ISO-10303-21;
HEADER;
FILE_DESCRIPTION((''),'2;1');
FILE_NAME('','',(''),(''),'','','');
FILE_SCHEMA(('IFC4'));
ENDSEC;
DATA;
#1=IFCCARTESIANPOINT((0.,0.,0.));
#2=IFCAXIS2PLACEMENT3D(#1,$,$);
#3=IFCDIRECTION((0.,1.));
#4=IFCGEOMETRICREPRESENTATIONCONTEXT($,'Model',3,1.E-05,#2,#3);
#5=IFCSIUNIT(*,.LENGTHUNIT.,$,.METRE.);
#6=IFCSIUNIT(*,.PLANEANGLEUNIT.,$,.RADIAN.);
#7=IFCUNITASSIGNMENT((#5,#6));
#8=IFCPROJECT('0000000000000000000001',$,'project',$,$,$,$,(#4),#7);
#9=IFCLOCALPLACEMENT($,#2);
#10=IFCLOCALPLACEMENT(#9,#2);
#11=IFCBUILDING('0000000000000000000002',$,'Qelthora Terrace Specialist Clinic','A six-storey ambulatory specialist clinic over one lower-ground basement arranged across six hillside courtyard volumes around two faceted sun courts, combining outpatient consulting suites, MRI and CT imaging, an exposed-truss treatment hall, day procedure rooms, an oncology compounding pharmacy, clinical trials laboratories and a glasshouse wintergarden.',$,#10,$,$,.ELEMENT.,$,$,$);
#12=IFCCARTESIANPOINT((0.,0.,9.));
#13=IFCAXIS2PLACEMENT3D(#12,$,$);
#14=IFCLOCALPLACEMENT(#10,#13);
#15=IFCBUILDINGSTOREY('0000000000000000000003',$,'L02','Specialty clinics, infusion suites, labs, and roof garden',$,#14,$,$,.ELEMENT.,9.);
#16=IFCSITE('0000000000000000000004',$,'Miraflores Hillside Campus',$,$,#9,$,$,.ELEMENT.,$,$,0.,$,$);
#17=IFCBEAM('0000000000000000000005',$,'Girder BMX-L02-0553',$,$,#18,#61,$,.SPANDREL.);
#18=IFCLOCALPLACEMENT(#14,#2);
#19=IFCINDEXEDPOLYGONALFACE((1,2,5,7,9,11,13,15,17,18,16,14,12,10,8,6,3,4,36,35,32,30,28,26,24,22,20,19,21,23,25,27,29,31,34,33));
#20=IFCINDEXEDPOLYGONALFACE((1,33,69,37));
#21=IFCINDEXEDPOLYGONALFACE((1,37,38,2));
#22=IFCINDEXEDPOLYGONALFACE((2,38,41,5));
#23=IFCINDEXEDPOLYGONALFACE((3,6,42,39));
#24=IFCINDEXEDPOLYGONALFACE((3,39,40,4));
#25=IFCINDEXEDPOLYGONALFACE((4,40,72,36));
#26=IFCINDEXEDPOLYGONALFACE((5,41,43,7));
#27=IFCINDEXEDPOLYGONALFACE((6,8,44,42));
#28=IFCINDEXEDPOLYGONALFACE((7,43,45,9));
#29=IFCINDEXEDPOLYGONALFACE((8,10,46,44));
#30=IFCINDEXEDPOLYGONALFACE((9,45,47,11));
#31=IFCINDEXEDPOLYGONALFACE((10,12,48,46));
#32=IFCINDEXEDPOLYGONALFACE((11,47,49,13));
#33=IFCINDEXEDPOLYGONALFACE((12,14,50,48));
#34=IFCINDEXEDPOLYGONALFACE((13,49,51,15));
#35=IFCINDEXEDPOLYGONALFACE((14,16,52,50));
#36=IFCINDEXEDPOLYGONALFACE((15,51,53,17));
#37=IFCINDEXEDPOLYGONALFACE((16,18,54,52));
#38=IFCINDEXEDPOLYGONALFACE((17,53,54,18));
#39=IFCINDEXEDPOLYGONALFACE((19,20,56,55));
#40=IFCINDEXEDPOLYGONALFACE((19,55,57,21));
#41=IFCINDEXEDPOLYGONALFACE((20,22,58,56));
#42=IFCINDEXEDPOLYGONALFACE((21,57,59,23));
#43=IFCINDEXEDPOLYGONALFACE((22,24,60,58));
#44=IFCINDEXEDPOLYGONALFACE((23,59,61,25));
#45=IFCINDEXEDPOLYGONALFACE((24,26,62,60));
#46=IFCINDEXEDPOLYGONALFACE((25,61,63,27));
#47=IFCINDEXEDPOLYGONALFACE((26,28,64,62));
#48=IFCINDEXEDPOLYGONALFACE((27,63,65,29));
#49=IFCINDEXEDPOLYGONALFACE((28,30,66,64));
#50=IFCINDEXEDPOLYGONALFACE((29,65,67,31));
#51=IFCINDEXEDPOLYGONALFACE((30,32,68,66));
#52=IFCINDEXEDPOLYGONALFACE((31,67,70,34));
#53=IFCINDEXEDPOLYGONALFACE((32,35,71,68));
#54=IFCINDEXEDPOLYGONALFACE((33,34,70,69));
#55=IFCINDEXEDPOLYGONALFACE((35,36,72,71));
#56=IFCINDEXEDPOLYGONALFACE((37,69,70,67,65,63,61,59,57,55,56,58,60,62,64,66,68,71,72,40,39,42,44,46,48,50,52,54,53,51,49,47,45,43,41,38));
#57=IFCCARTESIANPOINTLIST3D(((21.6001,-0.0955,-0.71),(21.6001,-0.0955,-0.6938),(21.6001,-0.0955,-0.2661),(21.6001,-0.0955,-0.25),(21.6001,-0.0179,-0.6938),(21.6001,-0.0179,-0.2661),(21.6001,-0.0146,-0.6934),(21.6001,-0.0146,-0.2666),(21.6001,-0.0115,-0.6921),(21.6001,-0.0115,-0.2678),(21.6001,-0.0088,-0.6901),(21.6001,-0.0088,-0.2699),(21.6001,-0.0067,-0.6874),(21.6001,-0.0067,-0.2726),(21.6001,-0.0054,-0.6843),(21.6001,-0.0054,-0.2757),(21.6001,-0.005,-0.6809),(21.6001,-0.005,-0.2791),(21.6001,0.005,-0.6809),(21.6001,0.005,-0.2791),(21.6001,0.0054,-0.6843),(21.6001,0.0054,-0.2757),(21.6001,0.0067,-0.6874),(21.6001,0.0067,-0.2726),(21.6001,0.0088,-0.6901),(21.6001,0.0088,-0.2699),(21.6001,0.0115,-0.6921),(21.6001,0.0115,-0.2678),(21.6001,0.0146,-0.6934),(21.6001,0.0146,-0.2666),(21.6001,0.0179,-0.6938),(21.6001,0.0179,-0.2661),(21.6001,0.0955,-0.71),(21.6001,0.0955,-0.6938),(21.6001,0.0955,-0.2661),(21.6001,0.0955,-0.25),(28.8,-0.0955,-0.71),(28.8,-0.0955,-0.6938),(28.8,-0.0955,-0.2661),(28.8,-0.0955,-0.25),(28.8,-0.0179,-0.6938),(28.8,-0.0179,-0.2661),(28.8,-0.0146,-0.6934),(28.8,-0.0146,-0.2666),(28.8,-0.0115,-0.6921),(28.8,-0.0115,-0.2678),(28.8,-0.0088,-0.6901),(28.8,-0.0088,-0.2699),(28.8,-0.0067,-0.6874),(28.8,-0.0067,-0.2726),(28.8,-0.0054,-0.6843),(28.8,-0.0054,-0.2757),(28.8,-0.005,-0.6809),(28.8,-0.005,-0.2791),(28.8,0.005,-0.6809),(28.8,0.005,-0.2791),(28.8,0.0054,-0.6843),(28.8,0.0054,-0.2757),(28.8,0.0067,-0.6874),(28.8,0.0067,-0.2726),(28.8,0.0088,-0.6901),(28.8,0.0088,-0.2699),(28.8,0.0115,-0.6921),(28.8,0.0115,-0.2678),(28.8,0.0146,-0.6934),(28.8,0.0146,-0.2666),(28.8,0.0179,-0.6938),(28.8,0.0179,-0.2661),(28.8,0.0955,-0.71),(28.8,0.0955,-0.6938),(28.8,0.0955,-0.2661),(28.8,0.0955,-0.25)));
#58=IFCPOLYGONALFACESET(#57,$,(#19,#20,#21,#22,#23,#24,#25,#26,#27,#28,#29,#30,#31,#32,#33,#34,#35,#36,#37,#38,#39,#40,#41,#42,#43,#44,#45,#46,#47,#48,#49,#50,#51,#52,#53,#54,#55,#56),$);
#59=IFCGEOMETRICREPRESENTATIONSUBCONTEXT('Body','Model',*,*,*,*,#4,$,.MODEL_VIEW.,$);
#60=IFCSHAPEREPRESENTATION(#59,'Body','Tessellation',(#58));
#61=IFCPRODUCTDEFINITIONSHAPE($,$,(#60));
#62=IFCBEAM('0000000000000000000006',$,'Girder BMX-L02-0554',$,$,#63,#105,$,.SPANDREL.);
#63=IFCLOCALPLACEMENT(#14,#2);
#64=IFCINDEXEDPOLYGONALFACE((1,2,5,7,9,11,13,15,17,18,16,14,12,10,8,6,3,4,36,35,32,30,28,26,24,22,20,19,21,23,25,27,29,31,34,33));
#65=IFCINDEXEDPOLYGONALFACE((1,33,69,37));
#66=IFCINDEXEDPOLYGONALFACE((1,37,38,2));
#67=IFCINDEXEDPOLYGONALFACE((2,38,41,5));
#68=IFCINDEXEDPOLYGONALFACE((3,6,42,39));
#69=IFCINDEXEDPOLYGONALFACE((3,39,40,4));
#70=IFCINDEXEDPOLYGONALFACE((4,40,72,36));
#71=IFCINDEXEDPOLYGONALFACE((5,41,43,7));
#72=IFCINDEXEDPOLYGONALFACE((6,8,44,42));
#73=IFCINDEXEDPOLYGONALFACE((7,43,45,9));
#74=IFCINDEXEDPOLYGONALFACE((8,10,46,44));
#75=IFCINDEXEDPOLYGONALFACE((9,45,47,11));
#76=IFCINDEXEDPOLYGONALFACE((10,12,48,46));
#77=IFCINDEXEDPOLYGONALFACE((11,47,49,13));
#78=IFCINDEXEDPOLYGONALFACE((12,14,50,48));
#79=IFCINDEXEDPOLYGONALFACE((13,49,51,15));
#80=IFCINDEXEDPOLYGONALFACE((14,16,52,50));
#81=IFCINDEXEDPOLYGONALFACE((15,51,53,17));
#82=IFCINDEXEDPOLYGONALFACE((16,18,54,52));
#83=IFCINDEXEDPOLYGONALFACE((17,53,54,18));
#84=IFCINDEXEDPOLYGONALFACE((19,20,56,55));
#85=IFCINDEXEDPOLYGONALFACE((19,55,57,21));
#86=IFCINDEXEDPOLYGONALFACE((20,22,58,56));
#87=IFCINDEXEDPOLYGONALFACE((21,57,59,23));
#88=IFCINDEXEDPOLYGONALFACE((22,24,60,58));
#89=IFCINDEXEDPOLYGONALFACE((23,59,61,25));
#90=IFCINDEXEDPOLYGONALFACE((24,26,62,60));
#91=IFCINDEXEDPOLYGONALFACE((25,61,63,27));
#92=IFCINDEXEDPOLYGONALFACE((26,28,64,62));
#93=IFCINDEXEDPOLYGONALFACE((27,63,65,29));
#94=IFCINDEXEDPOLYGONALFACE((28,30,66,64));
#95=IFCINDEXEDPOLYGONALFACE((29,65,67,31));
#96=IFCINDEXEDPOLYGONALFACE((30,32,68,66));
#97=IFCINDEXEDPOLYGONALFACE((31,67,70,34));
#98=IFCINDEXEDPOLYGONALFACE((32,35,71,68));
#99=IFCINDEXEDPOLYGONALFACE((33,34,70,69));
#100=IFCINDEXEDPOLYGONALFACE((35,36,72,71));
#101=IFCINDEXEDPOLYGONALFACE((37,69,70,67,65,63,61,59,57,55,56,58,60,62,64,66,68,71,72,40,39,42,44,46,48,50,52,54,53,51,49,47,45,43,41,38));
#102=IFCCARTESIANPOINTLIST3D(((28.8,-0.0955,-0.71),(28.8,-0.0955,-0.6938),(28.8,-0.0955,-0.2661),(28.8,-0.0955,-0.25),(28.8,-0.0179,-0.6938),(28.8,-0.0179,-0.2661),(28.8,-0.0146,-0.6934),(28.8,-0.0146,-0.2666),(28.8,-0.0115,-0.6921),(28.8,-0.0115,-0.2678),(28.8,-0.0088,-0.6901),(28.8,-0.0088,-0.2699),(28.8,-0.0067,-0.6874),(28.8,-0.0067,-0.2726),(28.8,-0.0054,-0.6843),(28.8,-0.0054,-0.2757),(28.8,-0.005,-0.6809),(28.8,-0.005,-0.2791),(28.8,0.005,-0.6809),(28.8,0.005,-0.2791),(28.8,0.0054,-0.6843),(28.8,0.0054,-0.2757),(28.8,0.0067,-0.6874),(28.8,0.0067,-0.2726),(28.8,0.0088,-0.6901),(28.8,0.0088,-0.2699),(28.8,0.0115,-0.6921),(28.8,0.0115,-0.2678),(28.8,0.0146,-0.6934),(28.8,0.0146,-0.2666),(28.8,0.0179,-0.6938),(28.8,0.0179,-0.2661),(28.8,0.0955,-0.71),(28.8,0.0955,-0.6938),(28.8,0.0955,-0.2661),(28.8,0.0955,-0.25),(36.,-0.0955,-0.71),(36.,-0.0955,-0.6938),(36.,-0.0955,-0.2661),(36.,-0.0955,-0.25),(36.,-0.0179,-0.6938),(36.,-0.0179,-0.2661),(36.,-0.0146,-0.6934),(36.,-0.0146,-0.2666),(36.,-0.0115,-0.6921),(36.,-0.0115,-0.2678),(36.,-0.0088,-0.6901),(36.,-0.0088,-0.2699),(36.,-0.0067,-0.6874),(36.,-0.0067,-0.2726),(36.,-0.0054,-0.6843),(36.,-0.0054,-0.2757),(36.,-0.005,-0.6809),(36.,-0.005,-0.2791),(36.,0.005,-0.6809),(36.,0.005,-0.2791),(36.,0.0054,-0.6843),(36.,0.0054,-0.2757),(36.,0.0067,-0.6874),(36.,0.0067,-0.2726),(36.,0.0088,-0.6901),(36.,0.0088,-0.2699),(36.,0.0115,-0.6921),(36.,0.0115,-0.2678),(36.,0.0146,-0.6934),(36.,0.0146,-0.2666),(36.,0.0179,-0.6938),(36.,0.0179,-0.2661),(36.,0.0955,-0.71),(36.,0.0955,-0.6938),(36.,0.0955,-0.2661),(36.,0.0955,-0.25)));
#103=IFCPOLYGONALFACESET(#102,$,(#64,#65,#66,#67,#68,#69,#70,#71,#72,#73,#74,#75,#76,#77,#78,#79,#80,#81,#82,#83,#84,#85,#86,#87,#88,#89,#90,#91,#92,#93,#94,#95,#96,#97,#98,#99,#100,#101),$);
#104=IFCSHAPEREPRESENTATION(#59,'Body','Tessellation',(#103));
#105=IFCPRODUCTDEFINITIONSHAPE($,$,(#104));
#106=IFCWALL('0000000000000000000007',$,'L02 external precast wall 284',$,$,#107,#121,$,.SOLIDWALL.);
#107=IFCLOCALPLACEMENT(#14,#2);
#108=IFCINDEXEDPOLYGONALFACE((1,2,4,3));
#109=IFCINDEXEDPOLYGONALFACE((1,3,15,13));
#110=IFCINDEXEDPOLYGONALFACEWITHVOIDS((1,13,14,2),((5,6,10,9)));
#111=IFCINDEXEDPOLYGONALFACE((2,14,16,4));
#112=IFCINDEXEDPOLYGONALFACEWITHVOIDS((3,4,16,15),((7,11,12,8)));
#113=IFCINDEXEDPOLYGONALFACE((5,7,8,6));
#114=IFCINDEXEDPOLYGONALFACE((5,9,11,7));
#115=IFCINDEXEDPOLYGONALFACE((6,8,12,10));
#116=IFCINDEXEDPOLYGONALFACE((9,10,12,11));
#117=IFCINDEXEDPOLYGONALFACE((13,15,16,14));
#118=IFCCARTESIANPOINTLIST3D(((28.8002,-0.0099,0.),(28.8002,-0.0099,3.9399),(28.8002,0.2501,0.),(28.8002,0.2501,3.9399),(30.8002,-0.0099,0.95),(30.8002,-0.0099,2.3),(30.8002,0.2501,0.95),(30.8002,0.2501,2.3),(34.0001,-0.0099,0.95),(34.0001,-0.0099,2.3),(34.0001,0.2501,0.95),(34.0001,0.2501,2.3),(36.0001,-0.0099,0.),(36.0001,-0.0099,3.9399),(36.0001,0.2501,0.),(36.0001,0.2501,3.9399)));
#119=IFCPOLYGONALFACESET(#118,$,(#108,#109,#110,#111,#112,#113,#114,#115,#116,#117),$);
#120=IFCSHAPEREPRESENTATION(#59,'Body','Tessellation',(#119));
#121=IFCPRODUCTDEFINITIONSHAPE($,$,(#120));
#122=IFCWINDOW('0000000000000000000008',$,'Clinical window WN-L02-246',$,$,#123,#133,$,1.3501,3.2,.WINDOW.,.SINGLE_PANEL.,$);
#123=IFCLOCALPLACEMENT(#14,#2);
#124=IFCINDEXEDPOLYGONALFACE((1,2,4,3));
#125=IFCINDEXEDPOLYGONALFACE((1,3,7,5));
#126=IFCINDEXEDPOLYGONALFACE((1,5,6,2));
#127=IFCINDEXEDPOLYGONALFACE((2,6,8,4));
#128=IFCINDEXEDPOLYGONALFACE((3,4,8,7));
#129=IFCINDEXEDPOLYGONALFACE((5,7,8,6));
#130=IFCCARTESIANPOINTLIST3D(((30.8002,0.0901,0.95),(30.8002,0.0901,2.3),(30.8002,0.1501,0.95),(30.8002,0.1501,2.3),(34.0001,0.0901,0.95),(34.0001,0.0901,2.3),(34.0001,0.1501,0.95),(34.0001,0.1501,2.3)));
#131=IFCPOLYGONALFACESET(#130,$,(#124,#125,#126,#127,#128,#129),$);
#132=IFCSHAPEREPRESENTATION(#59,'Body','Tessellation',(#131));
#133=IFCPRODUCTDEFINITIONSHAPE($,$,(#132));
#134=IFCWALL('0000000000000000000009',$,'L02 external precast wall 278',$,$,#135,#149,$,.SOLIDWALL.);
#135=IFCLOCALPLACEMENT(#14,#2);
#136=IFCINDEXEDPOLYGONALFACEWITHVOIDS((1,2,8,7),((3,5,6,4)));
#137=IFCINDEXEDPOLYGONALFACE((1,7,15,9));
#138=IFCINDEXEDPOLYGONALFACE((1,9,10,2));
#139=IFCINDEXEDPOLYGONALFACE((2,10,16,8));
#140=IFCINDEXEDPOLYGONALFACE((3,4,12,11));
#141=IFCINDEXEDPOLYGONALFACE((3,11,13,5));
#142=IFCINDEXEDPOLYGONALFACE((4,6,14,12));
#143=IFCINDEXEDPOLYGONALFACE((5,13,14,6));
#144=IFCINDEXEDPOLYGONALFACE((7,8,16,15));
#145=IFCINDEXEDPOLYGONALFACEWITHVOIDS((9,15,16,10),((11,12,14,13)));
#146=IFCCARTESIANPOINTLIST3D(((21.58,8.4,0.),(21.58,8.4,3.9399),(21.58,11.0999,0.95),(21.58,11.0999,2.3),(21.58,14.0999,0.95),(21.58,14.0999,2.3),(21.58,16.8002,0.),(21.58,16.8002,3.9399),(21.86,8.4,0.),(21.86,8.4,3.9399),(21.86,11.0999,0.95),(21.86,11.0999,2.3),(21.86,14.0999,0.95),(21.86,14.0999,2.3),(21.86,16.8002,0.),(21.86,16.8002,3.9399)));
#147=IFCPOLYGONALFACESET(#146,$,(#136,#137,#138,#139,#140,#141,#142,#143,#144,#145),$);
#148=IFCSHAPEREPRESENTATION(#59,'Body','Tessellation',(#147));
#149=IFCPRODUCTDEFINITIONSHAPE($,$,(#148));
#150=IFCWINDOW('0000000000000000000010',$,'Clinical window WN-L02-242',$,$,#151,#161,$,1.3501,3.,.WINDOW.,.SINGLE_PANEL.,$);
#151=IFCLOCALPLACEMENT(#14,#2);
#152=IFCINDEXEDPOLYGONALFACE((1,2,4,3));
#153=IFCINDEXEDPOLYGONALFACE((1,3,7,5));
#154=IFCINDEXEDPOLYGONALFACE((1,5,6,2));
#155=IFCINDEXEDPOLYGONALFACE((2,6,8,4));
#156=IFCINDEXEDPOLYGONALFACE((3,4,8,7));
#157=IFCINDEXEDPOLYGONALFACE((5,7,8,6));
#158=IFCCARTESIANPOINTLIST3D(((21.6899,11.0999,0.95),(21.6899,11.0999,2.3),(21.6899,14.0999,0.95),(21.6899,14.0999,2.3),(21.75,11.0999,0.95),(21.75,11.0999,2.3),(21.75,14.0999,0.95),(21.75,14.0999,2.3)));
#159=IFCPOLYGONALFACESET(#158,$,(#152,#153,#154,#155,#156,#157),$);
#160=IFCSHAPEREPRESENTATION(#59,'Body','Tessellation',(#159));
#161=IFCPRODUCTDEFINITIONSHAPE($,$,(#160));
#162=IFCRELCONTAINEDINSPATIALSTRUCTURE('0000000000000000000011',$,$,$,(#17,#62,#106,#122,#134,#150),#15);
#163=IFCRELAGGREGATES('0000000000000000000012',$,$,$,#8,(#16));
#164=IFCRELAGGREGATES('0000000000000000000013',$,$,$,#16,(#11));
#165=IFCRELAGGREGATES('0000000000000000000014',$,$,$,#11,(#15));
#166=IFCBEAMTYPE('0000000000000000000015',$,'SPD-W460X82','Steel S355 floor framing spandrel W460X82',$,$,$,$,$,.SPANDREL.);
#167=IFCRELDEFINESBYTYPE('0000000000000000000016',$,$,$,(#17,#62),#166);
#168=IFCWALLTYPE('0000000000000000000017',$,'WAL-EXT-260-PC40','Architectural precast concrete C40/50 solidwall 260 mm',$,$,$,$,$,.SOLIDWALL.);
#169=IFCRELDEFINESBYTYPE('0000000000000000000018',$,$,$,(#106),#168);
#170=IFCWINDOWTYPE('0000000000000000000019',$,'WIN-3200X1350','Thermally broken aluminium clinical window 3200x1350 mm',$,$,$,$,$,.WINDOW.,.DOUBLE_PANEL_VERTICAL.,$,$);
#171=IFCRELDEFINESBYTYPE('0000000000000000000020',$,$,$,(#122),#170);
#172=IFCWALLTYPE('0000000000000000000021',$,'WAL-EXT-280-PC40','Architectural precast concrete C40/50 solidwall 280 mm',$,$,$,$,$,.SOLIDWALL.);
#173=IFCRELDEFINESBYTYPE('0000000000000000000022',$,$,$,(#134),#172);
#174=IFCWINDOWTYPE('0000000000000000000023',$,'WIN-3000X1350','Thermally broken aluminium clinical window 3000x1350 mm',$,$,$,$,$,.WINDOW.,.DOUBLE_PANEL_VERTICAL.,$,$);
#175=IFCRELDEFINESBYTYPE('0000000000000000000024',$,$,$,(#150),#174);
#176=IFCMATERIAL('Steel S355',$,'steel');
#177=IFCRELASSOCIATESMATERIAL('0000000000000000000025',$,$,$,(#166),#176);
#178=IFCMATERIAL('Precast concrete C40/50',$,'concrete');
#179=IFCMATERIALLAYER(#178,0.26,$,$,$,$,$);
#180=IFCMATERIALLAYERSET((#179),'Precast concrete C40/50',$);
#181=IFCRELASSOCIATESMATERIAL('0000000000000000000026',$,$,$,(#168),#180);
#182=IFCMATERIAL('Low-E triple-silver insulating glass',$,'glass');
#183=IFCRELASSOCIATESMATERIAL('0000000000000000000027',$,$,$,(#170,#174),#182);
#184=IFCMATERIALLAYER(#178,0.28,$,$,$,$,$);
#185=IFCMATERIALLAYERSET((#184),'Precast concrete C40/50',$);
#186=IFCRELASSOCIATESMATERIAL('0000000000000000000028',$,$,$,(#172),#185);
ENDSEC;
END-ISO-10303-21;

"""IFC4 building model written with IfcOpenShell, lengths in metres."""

from ifc_helpers import new_model, si_unit, direction, frame, frame_2d, origin, origin_2d, place, context, subcontext, project, spatial, rectangle, i_section, extrude, material, layer, layer_set, material_profile, profile_set, type_object, element, fill, save


model = new_model("IFC4")

# Units and contexts
model_context = context("Model", 3, precision=1e-05, world=origin(), true_north=direction((0.0, 1.0)))
body_context = subcontext(model_context, "Body", "Model", "MODEL_VIEW")
ifc_project = project(units=[si_unit("LENGTHUNIT", "METRE"), si_unit("PLANEANGLEUNIT", "RADIAN")], contexts=[model_context])

# Site, building, storey
site_placement = place(None, origin())
site = spatial("IfcSite", under=ifc_project, at=site_placement, Name="Miraflores Hillside Campus", CompositionType="ELEMENT", RefElevation=0.0)
building_placement = place(site_placement, origin())
building = spatial("IfcBuilding", under=site, at=building_placement, Name="Qelthora Terrace Specialist Clinic", Description="A six-storey ambulatory specialist clinic over one lower-ground basement arranged across six hillside courtyard volumes around two faceted sun courts, combining outpatient consulting suites, MRI and CT imaging, an exposed-truss treatment hall, day procedure rooms, an oncology compounding pharmacy, clinical trials laboratories and a glasshouse wintergarden.", CompositionType="ELEMENT")
storey_placement = place(building_placement, frame((0.0, 0.0, 9.0)))
storey = spatial("IfcBuildingStorey", under=building, at=storey_placement, Name="L02", Description="Specialty clinics, infusion suites, labs, and roof garden", CompositionType="ELEMENT", Elevation=9.0)

# Beams
ifc_material_1 = material(Name="Steel S355", Category="steel")
ifc_material_profile_1 = material_profile(ifc_material_1, i_section(OverallWidth=0.1909, OverallDepth=0.46, WebThickness=0.01, FlangeThickness=0.0161, FilletRadius=0.0129, at=origin_2d()), Name="W460X82")
ifc_profile_set_1 = profile_set([ifc_material_profile_1], Name="Steel S355")
beam_type_1 = type_object("IfcBeamType", Name="SPD-W460X82", Description="Steel S355 floor framing spandrel W460X82", PredefinedType="SPANDREL", material=ifc_profile_set_1)
for number, where, z_axis, x_axis, name in (
    (1, (21.6001, 0.0, -0.48), (1.0, 0.0, 0.0), (0.0, 1.0, 0.0), "Girder BMX-L02-0553"),
    (2, (28.8, 0.0, -0.48), (1.0, 0.0, 0.0), (0.0, 1.0, 0.0), "Girder BMX-L02-0554"),
):
    element("IfcBeam", number, at=place(storey_placement, frame(where, z_axis=z_axis, x_axis=x_axis)), inside=storey, type_object=beam_type_1, Name=name, PredefinedType="SPANDREL", context=body_context, shape_type="SweptSolid", body=[
        extrude(i_section(OverallWidth=0.1909, OverallDepth=0.46, WebThickness=0.01, FlangeThickness=0.0161, FilletRadius=0.0129, at=origin_2d()), origin(), (0.0, 0.0, 1.0), 7.2),
    ])

# Walls, openings, windows
ifc_material_2 = material(Name="Precast concrete C40/50", Category="concrete")
ifc_layer_1 = layer(ifc_material_2, 0.26)
ifc_layer_set_1 = layer_set([ifc_layer_1], Name="Precast concrete C40/50")
wall_type_1 = type_object("IfcWallType", Name="WAL-EXT-260-PC40", Description="Architectural precast concrete C40/50 solidwall 260 mm", PredefinedType="SOLIDWALL", material=ifc_layer_set_1)
wall_1_placement = place(storey_placement, frame((28.8, 0.1201, 0.0), z_axis=(0.0, 0.0, 1.0), x_axis=(1.0, 0.0, 0.0)))
wall_1 = element("IfcWall", 3, at=wall_1_placement, inside=storey, type_object=wall_type_1, Name="L02 external precast wall 284", PredefinedType="SOLIDWALL", context=body_context, shape_type="SweptSolid", body=[
    extrude(rectangle(XDim=7.2, YDim=0.26, at=frame_2d((3.6001, 0.0))), origin(), (0.0, 0.0, 1.0), 3.9399),
])
opening_1_placement = place(wall_1_placement, frame((2.0, 0.0, 0.95)))
opening_1 = element("IfcOpeningElement", 4, at=opening_1_placement, cuts=wall_1, PredefinedType="OPENING", context=body_context, shape_type="SweptSolid", body=[
    extrude(rectangle(XDim=3.2, YDim=1.3501, at=frame_2d((1.6001, 0.675))), frame((0.0, 0.1399, 0.0), z_axis=(0.0, -1.0, 0.0), x_axis=(1.0, 0.0, 0.0)), (0.0, 0.0, 1.0), 0.28),
])
ifc_material_3 = material(Name="Low-E triple-silver insulating glass", Category="glass")
window_type_1 = type_object("IfcWindowType", Name="WIN-3200X1350", Description="Thermally broken aluminium clinical window 3200x1350 mm", PartitioningType="DOUBLE_PANEL_VERTICAL", PredefinedType="WINDOW", material=ifc_material_3)
window_1_placement = place(opening_1_placement, origin())
window_1 = element("IfcWindow", 5, at=window_1_placement, inside=storey, type_object=window_type_1, Name="Clinical window WN-L02-246", OverallHeight=1.3501, OverallWidth=3.2, PartitioningType="SINGLE_PANEL", PredefinedType="WINDOW", context=body_context, shape_type="SweptSolid", body=[
    extrude(rectangle(XDim=3.2, YDim=1.3501, at=frame_2d((1.6001, 0.675))), frame((0.0, 0.03, 0.0), z_axis=(0.0, -1.0, 0.0), x_axis=(1.0, 0.0, 0.0)), (0.0, 0.0, 1.0), 0.0601),
])
fill(opening_1, window_1)
ifc_layer_2 = layer(ifc_material_2, 0.28)
ifc_layer_set_2 = layer_set([ifc_layer_2], Name="Precast concrete C40/50")
wall_type_2 = type_object("IfcWallType", Name="WAL-EXT-280-PC40", Description="Architectural precast concrete C40/50 solidwall 280 mm", PredefinedType="SOLIDWALL", material=ifc_layer_set_2)
wall_2_placement = place(storey_placement, frame((21.72, 8.3999, 0.0), z_axis=(0.0, 0.0, 1.0), x_axis=(0.0, 1.0, 0.0)))
wall_2 = element("IfcWall", 6, at=wall_2_placement, inside=storey, type_object=wall_type_2, Name="L02 external precast wall 278", PredefinedType="SOLIDWALL", context=body_context, shape_type="SweptSolid", body=[
    extrude(rectangle(XDim=8.4001, YDim=0.28, at=frame_2d((4.2002, 0.0))), origin(), (0.0, 0.0, 1.0), 3.9399),
])
opening_2_placement = place(wall_2_placement, frame((2.7, 0.0, 0.95)))
opening_2 = element("IfcOpeningElement", 7, at=opening_2_placement, cuts=wall_2, PredefinedType="OPENING", context=body_context, shape_type="SweptSolid", body=[
    extrude(rectangle(XDim=3.0, YDim=1.3501, at=frame_2d((1.5, 0.675))), frame((0.0, 0.1499, 0.0), z_axis=(0.0, -1.0, 0.0), x_axis=(1.0, 0.0, 0.0)), (0.0, 0.0, 1.0), 0.3),
])
window_type_2 = type_object("IfcWindowType", Name="WIN-3000X1350", Description="Thermally broken aluminium clinical window 3000x1350 mm", PartitioningType="DOUBLE_PANEL_VERTICAL", PredefinedType="WINDOW", material=ifc_material_3)
window_2_placement = place(opening_2_placement, origin())
window_2 = element("IfcWindow", 8, at=window_2_placement, inside=storey, type_object=window_type_2, Name="Clinical window WN-L02-242", OverallHeight=1.3501, OverallWidth=3.0, PartitioningType="SINGLE_PANEL", PredefinedType="WINDOW", context=body_context, shape_type="SweptSolid", body=[
    extrude(rectangle(XDim=3.0, YDim=1.3501, at=frame_2d((1.5, 0.675))), frame((0.0, 0.03, 0.0), z_axis=(0.0, -1.0, 0.0), x_axis=(1.0, 0.0, 0.0)), (0.0, 0.0, 1.0), 0.0601),
])
fill(opening_2, window_2)

save(model, "model.ifc")
